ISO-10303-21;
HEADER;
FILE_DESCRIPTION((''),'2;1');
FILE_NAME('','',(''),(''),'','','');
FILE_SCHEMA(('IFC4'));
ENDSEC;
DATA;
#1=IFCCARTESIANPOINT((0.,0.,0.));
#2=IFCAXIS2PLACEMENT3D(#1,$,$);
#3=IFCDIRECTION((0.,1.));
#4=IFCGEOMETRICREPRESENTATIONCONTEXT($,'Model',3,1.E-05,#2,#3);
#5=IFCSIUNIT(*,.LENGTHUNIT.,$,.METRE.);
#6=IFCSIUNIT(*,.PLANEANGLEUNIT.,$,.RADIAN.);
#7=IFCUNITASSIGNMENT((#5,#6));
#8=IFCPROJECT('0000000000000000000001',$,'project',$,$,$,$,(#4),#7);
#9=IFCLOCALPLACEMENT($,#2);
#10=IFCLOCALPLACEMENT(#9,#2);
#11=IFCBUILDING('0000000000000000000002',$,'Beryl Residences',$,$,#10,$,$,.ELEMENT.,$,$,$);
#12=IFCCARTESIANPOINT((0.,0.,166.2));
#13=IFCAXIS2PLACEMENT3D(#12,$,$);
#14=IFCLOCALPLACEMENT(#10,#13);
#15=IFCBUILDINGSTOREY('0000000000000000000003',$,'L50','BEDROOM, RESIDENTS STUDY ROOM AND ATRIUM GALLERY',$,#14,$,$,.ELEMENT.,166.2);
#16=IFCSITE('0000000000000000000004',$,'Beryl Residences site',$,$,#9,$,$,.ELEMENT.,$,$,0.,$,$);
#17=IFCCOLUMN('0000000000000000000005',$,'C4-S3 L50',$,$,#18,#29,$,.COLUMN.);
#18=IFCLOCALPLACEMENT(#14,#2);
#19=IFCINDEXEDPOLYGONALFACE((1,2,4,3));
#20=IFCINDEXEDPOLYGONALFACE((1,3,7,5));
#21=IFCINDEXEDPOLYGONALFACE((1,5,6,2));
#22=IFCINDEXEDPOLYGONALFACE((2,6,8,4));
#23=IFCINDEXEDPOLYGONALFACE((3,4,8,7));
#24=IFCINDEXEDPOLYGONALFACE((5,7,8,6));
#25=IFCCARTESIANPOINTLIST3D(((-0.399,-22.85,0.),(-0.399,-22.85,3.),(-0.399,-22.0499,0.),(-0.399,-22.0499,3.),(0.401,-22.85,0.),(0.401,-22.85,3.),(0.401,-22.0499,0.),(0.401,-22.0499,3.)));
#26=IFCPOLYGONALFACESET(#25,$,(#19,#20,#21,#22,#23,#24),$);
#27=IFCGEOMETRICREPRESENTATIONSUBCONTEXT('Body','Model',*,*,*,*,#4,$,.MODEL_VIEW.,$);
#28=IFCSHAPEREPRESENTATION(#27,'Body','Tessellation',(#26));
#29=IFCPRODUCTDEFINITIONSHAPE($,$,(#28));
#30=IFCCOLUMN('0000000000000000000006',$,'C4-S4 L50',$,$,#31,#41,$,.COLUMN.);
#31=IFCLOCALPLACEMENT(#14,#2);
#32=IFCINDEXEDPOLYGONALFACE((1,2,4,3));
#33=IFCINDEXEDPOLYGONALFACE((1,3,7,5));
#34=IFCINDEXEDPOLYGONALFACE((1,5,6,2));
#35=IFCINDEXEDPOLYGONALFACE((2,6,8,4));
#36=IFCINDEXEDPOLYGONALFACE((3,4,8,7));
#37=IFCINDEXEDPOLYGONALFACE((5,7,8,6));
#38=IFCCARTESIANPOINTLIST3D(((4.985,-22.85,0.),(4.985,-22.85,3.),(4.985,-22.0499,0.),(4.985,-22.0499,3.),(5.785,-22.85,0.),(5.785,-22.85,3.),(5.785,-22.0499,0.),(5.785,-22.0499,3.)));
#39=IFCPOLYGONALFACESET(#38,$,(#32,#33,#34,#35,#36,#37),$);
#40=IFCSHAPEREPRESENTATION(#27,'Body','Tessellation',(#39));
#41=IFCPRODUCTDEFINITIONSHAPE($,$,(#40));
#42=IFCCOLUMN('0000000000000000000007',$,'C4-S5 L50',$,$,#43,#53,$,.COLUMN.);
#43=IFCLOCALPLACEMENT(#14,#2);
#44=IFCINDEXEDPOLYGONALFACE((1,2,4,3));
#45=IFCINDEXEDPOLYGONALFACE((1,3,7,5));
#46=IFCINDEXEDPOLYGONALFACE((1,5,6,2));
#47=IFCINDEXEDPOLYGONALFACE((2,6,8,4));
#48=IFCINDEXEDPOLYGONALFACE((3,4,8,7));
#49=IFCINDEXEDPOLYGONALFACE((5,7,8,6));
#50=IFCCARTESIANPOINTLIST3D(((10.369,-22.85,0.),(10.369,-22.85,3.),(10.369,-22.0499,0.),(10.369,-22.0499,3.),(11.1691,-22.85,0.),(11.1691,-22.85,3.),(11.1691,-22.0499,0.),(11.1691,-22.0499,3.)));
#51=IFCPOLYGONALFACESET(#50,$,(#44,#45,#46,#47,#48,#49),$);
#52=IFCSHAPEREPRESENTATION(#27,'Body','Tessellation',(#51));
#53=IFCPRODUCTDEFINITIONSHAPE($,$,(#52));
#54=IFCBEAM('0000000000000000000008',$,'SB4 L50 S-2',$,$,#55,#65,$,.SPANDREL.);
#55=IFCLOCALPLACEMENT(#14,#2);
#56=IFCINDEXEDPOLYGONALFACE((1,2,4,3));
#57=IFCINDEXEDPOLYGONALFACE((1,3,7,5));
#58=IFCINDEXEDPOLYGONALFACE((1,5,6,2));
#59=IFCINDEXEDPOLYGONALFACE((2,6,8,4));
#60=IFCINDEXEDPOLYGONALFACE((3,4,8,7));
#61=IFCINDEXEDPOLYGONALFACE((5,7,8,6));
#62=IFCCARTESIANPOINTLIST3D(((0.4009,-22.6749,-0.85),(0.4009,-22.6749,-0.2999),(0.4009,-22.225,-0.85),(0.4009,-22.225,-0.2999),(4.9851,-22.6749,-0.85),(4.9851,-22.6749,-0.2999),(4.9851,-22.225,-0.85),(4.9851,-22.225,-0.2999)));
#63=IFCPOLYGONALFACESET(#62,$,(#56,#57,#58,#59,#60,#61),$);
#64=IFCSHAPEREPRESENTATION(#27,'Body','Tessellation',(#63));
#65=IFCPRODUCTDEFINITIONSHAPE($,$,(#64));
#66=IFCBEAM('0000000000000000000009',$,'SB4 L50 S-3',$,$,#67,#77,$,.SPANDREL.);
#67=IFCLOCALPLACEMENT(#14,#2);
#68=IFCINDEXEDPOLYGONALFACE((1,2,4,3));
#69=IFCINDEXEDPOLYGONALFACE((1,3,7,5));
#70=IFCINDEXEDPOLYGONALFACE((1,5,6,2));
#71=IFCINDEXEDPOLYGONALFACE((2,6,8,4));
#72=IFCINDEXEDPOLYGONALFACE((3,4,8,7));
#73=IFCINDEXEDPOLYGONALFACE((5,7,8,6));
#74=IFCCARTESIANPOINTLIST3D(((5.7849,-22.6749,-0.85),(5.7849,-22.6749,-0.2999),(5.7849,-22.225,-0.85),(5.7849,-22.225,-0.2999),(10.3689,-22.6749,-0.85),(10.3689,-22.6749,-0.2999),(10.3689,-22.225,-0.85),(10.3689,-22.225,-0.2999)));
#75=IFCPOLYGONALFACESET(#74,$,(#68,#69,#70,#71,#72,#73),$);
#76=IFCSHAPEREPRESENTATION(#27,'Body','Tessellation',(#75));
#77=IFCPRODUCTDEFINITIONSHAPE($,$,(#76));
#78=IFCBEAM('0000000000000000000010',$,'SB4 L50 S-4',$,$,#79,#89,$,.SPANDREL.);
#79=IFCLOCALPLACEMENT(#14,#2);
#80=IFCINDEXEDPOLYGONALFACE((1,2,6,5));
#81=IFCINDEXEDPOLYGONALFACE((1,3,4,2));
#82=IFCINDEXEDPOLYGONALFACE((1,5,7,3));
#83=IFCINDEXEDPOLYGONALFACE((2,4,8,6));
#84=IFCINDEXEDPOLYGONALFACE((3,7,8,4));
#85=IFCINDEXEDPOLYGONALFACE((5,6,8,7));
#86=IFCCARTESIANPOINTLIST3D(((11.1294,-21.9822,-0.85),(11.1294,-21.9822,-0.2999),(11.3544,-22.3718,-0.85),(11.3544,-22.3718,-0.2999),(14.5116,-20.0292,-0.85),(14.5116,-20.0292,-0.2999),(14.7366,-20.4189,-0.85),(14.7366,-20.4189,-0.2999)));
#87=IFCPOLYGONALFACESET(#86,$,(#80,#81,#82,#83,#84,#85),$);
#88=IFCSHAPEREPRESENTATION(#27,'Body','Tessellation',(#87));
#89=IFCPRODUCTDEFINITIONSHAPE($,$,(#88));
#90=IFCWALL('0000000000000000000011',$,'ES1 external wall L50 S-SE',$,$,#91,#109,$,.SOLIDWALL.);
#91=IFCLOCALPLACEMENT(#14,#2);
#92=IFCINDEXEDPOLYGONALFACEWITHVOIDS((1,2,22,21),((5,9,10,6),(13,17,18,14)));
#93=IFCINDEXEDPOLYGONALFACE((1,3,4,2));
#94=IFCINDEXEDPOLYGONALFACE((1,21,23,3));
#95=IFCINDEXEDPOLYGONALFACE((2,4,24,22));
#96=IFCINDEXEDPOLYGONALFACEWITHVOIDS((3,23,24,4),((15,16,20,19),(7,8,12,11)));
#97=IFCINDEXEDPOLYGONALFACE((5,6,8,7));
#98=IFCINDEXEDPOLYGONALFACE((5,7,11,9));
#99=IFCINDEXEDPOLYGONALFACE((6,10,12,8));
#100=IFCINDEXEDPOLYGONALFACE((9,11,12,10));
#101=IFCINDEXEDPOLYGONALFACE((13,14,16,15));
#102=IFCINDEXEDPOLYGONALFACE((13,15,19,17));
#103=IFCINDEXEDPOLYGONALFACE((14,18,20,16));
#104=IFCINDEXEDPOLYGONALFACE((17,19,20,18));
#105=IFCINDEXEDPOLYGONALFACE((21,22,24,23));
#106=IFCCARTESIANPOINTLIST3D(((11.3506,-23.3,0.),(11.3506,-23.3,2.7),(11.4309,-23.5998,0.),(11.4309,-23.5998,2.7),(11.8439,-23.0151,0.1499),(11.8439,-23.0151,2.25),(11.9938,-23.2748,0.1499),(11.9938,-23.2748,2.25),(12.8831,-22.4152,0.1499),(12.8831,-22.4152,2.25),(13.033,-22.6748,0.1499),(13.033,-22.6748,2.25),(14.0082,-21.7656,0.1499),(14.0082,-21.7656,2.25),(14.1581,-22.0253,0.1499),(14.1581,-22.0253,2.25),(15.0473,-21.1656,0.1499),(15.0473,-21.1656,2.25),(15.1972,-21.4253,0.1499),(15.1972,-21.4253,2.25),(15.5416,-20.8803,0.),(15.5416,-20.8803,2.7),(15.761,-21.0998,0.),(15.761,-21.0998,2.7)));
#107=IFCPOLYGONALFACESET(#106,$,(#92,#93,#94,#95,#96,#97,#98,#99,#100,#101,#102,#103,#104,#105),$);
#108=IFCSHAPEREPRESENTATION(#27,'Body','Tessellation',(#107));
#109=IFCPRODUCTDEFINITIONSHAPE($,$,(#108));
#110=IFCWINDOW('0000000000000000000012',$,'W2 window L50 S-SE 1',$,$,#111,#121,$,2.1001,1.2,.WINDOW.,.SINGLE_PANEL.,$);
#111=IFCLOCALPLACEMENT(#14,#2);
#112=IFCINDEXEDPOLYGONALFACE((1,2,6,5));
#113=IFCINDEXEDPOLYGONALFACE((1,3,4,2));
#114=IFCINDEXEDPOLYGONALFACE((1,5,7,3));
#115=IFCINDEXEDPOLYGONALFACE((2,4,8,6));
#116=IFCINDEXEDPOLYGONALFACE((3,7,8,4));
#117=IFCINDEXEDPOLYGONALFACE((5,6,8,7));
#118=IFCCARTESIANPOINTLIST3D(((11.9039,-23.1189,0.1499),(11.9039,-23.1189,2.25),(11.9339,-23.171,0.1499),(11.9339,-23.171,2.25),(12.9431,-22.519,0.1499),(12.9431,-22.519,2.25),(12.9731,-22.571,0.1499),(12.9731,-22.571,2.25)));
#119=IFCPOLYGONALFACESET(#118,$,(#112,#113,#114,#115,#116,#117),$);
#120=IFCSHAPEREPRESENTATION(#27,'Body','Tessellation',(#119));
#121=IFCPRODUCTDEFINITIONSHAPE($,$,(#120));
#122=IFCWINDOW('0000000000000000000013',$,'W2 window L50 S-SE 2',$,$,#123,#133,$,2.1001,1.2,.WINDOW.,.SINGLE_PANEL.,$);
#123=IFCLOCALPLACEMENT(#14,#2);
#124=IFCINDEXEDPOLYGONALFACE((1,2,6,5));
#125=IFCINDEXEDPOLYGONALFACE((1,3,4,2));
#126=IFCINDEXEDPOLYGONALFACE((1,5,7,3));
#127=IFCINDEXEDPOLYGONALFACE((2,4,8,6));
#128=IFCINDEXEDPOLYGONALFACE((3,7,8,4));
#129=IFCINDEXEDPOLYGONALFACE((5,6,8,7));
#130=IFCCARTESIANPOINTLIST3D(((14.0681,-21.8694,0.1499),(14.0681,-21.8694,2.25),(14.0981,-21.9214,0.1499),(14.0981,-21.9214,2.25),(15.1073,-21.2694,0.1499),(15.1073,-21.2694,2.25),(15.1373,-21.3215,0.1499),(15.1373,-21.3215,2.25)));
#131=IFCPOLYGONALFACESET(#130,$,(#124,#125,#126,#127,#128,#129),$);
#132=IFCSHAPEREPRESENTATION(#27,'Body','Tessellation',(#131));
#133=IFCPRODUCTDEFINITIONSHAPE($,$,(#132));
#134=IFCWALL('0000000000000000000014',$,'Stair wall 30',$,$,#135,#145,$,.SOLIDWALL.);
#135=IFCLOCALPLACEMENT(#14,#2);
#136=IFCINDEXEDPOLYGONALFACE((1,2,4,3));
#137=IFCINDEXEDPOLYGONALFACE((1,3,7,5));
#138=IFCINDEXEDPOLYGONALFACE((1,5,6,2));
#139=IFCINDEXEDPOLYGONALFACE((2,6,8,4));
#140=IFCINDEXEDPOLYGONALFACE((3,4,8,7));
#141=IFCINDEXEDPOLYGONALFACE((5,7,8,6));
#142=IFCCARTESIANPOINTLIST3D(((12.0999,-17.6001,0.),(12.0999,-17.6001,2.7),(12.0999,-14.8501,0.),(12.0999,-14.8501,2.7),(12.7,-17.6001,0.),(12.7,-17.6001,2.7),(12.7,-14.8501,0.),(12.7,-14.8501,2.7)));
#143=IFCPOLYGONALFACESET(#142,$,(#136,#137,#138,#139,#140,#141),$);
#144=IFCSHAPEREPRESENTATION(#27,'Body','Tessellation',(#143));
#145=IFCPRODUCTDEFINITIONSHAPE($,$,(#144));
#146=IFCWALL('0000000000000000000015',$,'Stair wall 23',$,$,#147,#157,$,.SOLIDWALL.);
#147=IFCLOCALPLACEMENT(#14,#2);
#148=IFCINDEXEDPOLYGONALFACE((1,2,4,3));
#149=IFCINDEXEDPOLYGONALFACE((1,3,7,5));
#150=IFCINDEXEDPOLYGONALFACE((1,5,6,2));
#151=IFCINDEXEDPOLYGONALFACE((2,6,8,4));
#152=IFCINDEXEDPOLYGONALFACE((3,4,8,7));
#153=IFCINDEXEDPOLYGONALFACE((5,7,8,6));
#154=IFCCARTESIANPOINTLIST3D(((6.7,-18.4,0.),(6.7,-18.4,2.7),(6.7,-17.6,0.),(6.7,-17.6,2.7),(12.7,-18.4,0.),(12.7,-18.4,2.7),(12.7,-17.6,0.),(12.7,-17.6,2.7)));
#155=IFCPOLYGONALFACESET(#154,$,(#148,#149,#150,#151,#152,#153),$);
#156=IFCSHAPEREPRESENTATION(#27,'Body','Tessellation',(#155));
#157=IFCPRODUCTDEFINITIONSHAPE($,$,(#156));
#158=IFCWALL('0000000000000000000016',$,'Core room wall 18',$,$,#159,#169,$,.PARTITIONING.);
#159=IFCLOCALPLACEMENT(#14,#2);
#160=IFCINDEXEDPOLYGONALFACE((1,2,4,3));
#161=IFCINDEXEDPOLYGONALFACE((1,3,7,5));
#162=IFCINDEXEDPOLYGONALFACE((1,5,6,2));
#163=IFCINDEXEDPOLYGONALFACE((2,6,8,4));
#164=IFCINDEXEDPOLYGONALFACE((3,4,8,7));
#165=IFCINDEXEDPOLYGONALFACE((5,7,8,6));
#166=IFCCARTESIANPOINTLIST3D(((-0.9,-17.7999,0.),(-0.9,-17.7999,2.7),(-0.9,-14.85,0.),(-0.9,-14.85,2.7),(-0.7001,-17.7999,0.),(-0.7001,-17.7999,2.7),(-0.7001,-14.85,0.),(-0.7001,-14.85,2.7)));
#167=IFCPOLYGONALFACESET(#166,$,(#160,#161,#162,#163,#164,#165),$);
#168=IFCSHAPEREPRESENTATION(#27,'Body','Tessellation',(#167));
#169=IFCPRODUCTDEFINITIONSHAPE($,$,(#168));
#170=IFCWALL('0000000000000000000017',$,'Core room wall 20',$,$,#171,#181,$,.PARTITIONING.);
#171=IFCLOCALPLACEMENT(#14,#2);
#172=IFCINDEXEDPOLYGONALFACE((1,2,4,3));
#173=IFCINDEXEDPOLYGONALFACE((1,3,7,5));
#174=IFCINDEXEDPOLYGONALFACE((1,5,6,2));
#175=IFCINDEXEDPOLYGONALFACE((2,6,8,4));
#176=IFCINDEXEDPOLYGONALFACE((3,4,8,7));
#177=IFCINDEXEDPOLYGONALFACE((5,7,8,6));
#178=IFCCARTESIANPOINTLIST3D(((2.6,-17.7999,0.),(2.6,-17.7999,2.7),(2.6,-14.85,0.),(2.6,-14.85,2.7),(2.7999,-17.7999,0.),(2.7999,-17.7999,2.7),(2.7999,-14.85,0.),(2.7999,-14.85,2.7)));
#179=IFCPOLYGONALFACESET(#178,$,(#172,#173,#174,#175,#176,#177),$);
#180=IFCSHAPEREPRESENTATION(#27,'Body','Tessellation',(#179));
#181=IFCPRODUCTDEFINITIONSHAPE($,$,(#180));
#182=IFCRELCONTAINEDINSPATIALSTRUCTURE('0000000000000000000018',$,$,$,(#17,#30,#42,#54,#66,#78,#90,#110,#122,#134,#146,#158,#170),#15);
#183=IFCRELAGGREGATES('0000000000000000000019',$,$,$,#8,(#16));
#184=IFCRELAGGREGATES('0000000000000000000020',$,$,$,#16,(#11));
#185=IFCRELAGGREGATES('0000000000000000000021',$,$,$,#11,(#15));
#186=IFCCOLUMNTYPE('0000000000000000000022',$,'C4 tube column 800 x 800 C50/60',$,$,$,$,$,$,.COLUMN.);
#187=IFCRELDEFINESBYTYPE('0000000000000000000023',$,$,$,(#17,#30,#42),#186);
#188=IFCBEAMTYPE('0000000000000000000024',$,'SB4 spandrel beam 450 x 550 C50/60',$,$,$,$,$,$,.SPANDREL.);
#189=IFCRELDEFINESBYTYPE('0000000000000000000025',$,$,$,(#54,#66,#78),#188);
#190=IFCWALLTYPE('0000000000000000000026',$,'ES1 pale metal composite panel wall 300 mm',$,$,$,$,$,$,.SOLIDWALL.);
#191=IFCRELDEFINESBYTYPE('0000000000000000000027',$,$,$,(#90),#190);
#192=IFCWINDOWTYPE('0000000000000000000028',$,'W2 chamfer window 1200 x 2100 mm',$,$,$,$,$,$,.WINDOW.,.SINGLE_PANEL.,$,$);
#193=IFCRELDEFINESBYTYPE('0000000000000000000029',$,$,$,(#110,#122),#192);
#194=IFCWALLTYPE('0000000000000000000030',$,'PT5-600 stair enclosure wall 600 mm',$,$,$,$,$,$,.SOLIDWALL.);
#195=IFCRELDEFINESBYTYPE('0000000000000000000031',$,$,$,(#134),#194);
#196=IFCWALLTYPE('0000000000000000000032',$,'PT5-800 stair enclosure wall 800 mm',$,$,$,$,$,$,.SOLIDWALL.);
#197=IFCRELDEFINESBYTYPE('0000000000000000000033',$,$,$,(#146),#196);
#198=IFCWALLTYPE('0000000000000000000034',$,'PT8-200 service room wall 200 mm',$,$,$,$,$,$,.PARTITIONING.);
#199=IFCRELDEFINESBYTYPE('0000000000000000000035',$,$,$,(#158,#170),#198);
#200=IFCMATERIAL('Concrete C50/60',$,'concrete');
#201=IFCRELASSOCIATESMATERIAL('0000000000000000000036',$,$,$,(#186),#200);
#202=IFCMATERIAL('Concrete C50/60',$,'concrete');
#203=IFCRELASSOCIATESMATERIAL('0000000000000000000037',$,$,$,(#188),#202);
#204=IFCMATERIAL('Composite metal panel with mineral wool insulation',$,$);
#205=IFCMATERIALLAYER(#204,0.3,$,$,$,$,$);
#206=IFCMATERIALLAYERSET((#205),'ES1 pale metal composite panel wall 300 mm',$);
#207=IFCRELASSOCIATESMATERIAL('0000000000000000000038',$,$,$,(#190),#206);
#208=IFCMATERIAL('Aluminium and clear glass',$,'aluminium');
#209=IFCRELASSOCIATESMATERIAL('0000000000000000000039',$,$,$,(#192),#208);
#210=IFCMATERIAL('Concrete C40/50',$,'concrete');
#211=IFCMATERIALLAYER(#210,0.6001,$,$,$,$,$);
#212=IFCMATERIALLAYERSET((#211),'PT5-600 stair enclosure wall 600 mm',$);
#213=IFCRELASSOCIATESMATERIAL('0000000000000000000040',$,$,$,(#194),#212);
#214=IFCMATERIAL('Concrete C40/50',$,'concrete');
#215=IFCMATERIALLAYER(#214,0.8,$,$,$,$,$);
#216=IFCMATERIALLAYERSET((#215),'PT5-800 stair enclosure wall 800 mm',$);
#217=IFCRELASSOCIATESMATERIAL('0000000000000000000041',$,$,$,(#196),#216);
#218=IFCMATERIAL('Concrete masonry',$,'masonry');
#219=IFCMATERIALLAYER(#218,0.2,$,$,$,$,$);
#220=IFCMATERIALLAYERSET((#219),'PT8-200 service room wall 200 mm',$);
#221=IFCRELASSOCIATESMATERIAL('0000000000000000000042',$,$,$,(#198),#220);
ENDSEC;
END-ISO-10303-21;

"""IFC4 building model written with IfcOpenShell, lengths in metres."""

from ifc_helpers import new_model, si_unit, direction, frame, frame_2d, origin, origin_2d, place, context, subcontext, project, spatial, polyline, rectangle, outline, extrude, material, layer, layer_set, material_profile, profile_set, type_object, element, fill, save


model = new_model("IFC4")

# Units and contexts
model_context = context("Model", 3, precision=1e-05, world=origin(), true_north=direction((0.0, 1.0)))
body_context = subcontext(model_context, "Body", "Model", "MODEL_VIEW")
ifc_project = project(units=[si_unit("LENGTHUNIT", "METRE"), si_unit("PLANEANGLEUNIT", "RADIAN")], contexts=[model_context])

# Site, building, storey
site_placement = place(None, origin())
site = spatial("IfcSite", under=ifc_project, at=site_placement, Name="Beryl Residences site", CompositionType="ELEMENT", RefElevation=0.0)
building_placement = place(site_placement, origin())
building = spatial("IfcBuilding", under=site, at=building_placement, Name="Beryl Residences", CompositionType="ELEMENT")
storey_placement = place(building_placement, frame((0.0, 0.0, 166.2)))
storey = spatial("IfcBuildingStorey", under=building, at=storey_placement, Name="L50", Description="BEDROOM, RESIDENTS STUDY ROOM AND ATRIUM GALLERY", CompositionType="ELEMENT", Elevation=166.2)

# Columns
ifc_material_1 = material(Name="Concrete C50/60", Category="concrete")
ifc_material_profile_1 = material_profile(ifc_material_1, rectangle(XDim=0.8, YDim=0.8, at=origin_2d()))
ifc_profile_set_1 = profile_set([ifc_material_profile_1], Name="Concrete C50/60")
column_type = type_object("IfcColumnType", Name="C4 tube column 800 x 800 C50/60", PredefinedType="COLUMN", material=ifc_profile_set_1)
for number, where, z_axis, x_axis, name in (
    (1, (0.001, -22.45, 0.0), (0.0, 0.0, 1.0), (1.0, 0.0, 0.0), "C4-S3 L50"),
    (2, (5.385, -22.45, 0.0), (0.0, 0.0, 1.0), (1.0, 0.0, 0.0), "C4-S4 L50"),
    (3, (10.769, -22.45, 0.0), (0.0, 0.0, 1.0), (1.0, 0.0, 0.0), "C4-S5 L50"),
):
    element("IfcColumn", number, at=place(storey_placement, frame(where, z_axis=z_axis, x_axis=x_axis)), inside=storey, type_object=column_type, Name=name, PredefinedType="COLUMN", context=body_context, shape_type="SweptSolid", body=[
        extrude(rectangle(XDim=0.8, YDim=0.8, at=origin_2d()), origin(), (0.0, 0.0, 1.0), 3.0),
    ])

# Beams
ifc_material_2 = material(Name="Concrete C50/60", Category="concrete")
ifc_material_profile_2 = material_profile(ifc_material_2, rectangle(XDim=0.45, YDim=0.55, at=origin_2d()))
ifc_profile_set_2 = profile_set([ifc_material_profile_2], Name="Concrete C50/60")
beam_type = type_object("IfcBeamType", Name="SB4 spandrel beam 450 x 550 C50/60", PredefinedType="SPANDREL", material=ifc_profile_set_2)
beam_1_placement = place(storey_placement, frame((0.4009, -22.45, -0.575), z_axis=(1.0, 0.0, 0.0), x_axis=(0.0, 1.0, 0.0)))
element("IfcBeam", 4, at=beam_1_placement, inside=storey, type_object=beam_type, Name="SB4 L50 S-2", PredefinedType="SPANDREL", context=body_context, shape_type="SweptSolid", body=[
    extrude(rectangle(XDim=0.45, YDim=0.55, at=origin_2d()), origin(), (0.0, 0.0, 1.0), 4.5842),
])
beam_2_placement = place(storey_placement, frame((5.7849, -22.45, -0.575), z_axis=(1.0, 0.0, 0.0), x_axis=(0.0, 1.0, 0.0)))
element("IfcBeam", 5, at=beam_2_placement, inside=storey, type_object=beam_type, Name="SB4 L50 S-3", PredefinedType="SPANDREL", context=body_context, shape_type="SweptSolid", body=[
    extrude(rectangle(XDim=0.45, YDim=0.55, at=origin_2d()), origin(), (0.0, 0.0, 1.0), 4.584),
])
beam_3_placement = place(storey_placement, frame((11.2419, -22.177, -0.575), z_axis=(0.865999, 0.500045, 0.0), x_axis=(-0.500045, 0.865999, 0.0)))
element("IfcBeam", 6, at=beam_3_placement, inside=storey, type_object=beam_type, Name="SB4 L50 S-4", PredefinedType="SPANDREL", context=body_context, shape_type="SweptSolid", body=[
    extrude(rectangle(XDim=0.45, YDim=0.55, at=origin_2d()), origin(), (0.0, 0.0, 1.0), 3.9055),
])

# Wall, openings, windows
ifc_material_3 = material(Name="Composite metal panel with mineral wool insulation")
ifc_layer_1 = layer(ifc_material_3, 0.3)
ifc_layer_set_1 = layer_set([ifc_layer_1], Name="ES1 pale metal composite panel wall 300 mm")
wall_type_1 = type_object("IfcWallType", Name="ES1 pale metal composite panel wall 300 mm", PredefinedType="SOLIDWALL", material=ifc_layer_set_1)
wall_1_placement = place(storey_placement, frame((11.356, -23.47, 0.0), z_axis=(0.0, 0.0, 1.0), x_axis=(0.866023, 0.500004, 0.0)))
wall_1 = element("IfcWall", 7, at=wall_1_placement, inside=storey, type_object=wall_type_1, Name="ES1 external wall L50 S-SE", PredefinedType="SOLIDWALL", context=body_context, shape_type="SweptSolid", body=[
    extrude(outline(polyline([(0.0, -0.1499), (5.0, -0.1499), (4.9197, 0.1499), (0.0803, 0.1499), (0.0, -0.1499)])), origin(), (0.0, 0.0, 1.0), 2.7),
])
opening_1_placement = place(wall_1_placement, frame((0.6499, 0.0, 0.1499)))
opening_1 = element("IfcOpeningElement", 8, at=opening_1_placement, cuts=wall_1, PredefinedType="OPENING", context=body_context, shape_type="SweptSolid", body=[
    extrude(rectangle(XDim=1.2, YDim=2.1001, at=frame_2d((0.6001, 1.05))), frame((0.0, 0.1599, 0.0), z_axis=(0.0, -1.0, 0.0), x_axis=(1.0, 0.0, 0.0)), (0.0, 0.0, 1.0), 0.3201),
])
opening_2_placement = place(wall_1_placement, frame((3.1489, 0.0, 0.1499)))
opening_2 = element("IfcOpeningElement", 9, at=opening_2_placement, cuts=wall_1, PredefinedType="OPENING", context=body_context, shape_type="SweptSolid", body=[
    extrude(rectangle(XDim=1.2, YDim=2.1001, at=frame_2d((0.6001, 1.05))), frame((0.0, 0.1599, 0.0), z_axis=(0.0, -1.0, 0.0), x_axis=(1.0, 0.0, 0.0)), (0.0, 0.0, 1.0), 0.3201),
])
ifc_material_4 = material(Name="Aluminium and clear glass", Category="aluminium")
window_type = type_object("IfcWindowType", Name="W2 chamfer window 1200 x 2100 mm", PartitioningType="SINGLE_PANEL", PredefinedType="WINDOW", material=ifc_material_4)
window_1_placement = place(opening_1_placement, origin())
window_1 = element("IfcWindow", 10, at=window_1_placement, inside=storey, type_object=window_type, Name="W2 window L50 S-SE 1", OverallHeight=2.1001, OverallWidth=1.2, PartitioningType="SINGLE_PANEL", PredefinedType="WINDOW", context=body_context, shape_type="SweptSolid", body=[
    extrude(rectangle(XDim=1.2, YDim=2.1001, at=frame_2d((0.6001, 1.05))), frame((0.0, 0.03, 0.0), z_axis=(0.0, -1.0, 0.0), x_axis=(1.0, 0.0, 0.0)), (0.0, 0.0, 1.0), 0.0601),
])
fill(opening_1, window_1)
window_2_placement = place(opening_2_placement, origin())
window_2 = element("IfcWindow", 11, at=window_2_placement, inside=storey, type_object=window_type, Name="W2 window L50 S-SE 2", OverallHeight=2.1001, OverallWidth=1.2, PartitioningType="SINGLE_PANEL", PredefinedType="WINDOW", context=body_context, shape_type="SweptSolid", body=[
    extrude(rectangle(XDim=1.2, YDim=2.1001, at=frame_2d((0.6001, 1.05))), frame((0.0, 0.03, 0.0), z_axis=(0.0, -1.0, 0.0), x_axis=(1.0, 0.0, 0.0)), (0.0, 0.0, 1.0), 0.0601),
])
fill(opening_2, window_2)

# Walls
ifc_material_5 = material(Name="Concrete C40/50", Category="concrete")
ifc_layer_2 = layer(ifc_material_5, 0.6001)
ifc_layer_set_2 = layer_set([ifc_layer_2], Name="PT5-600 stair enclosure wall 600 mm")
wall_type_2 = type_object("IfcWallType", Name="PT5-600 stair enclosure wall 600 mm", PredefinedType="SOLIDWALL", material=ifc_layer_set_2)
wall_2_placement = place(storey_placement, frame((12.3999, -17.6001, 0.0), z_axis=(0.0, 0.0, 1.0), x_axis=(0.0, 1.0, 0.0)))
element("IfcWall", 12, at=wall_2_placement, inside=storey, type_object=wall_type_2, Name="Stair wall 30", PredefinedType="SOLIDWALL", context=body_context, shape_type="SweptSolid", body=[
    extrude(rectangle(XDim=2.75, YDim=0.6001, at=frame_2d((1.375, 0.0))), origin(), (0.0, 0.0, 1.0), 2.7),
])
ifc_material_6 = material(Name="Concrete C40/50", Category="concrete")
ifc_layer_3 = layer(ifc_material_6, 0.8)
ifc_layer_set_3 = layer_set([ifc_layer_3], Name="PT5-800 stair enclosure wall 800 mm")
wall_type_3 = type_object("IfcWallType", Name="PT5-800 stair enclosure wall 800 mm", PredefinedType="SOLIDWALL", material=ifc_layer_set_3)
wall_3_placement = place(storey_placement, frame((6.7, -18.0, 0.0), z_axis=(0.0, 0.0, 1.0), x_axis=(1.0, 0.0, 0.0)))
element("IfcWall", 13, at=wall_3_placement, inside=storey, type_object=wall_type_3, Name="Stair wall 23", PredefinedType="SOLIDWALL", context=body_context, shape_type="SweptSolid", body=[
    extrude(rectangle(XDim=6.0, YDim=0.8, at=frame_2d((3.0, 0.0))), origin(), (0.0, 0.0, 1.0), 2.7),
])
ifc_material_7 = material(Name="Concrete masonry", Category="masonry")
ifc_layer_4 = layer(ifc_material_7, 0.2)
ifc_layer_set_4 = layer_set([ifc_layer_4], Name="PT8-200 service room wall 200 mm")
wall_type_4 = type_object("IfcWallType", Name="PT8-200 service room wall 200 mm", PredefinedType="PARTITIONING", material=ifc_layer_set_4)
for number, where, z_axis, x_axis, name in (
    (14, (-0.8, -17.8, 0.0), (0.0, 0.0, 1.0), (0.0, 1.0, 0.0), "Core room wall 18"),
    (15, (2.7, -17.8, 0.0), (0.0, 0.0, 1.0), (0.0, 1.0, 0.0), "Core room wall 20"),
):
    element("IfcWall", number, at=place(storey_placement, frame(where, z_axis=z_axis, x_axis=x_axis)), inside=storey, type_object=wall_type_4, Name=name, PredefinedType="PARTITIONING", context=body_context, shape_type="SweptSolid", body=[
        extrude(rectangle(XDim=2.95, YDim=0.2, at=frame_2d((1.4751, 0.0))), origin(), (0.0, 0.0, 1.0), 2.7),
    ])

save(model, "model.ifc")
